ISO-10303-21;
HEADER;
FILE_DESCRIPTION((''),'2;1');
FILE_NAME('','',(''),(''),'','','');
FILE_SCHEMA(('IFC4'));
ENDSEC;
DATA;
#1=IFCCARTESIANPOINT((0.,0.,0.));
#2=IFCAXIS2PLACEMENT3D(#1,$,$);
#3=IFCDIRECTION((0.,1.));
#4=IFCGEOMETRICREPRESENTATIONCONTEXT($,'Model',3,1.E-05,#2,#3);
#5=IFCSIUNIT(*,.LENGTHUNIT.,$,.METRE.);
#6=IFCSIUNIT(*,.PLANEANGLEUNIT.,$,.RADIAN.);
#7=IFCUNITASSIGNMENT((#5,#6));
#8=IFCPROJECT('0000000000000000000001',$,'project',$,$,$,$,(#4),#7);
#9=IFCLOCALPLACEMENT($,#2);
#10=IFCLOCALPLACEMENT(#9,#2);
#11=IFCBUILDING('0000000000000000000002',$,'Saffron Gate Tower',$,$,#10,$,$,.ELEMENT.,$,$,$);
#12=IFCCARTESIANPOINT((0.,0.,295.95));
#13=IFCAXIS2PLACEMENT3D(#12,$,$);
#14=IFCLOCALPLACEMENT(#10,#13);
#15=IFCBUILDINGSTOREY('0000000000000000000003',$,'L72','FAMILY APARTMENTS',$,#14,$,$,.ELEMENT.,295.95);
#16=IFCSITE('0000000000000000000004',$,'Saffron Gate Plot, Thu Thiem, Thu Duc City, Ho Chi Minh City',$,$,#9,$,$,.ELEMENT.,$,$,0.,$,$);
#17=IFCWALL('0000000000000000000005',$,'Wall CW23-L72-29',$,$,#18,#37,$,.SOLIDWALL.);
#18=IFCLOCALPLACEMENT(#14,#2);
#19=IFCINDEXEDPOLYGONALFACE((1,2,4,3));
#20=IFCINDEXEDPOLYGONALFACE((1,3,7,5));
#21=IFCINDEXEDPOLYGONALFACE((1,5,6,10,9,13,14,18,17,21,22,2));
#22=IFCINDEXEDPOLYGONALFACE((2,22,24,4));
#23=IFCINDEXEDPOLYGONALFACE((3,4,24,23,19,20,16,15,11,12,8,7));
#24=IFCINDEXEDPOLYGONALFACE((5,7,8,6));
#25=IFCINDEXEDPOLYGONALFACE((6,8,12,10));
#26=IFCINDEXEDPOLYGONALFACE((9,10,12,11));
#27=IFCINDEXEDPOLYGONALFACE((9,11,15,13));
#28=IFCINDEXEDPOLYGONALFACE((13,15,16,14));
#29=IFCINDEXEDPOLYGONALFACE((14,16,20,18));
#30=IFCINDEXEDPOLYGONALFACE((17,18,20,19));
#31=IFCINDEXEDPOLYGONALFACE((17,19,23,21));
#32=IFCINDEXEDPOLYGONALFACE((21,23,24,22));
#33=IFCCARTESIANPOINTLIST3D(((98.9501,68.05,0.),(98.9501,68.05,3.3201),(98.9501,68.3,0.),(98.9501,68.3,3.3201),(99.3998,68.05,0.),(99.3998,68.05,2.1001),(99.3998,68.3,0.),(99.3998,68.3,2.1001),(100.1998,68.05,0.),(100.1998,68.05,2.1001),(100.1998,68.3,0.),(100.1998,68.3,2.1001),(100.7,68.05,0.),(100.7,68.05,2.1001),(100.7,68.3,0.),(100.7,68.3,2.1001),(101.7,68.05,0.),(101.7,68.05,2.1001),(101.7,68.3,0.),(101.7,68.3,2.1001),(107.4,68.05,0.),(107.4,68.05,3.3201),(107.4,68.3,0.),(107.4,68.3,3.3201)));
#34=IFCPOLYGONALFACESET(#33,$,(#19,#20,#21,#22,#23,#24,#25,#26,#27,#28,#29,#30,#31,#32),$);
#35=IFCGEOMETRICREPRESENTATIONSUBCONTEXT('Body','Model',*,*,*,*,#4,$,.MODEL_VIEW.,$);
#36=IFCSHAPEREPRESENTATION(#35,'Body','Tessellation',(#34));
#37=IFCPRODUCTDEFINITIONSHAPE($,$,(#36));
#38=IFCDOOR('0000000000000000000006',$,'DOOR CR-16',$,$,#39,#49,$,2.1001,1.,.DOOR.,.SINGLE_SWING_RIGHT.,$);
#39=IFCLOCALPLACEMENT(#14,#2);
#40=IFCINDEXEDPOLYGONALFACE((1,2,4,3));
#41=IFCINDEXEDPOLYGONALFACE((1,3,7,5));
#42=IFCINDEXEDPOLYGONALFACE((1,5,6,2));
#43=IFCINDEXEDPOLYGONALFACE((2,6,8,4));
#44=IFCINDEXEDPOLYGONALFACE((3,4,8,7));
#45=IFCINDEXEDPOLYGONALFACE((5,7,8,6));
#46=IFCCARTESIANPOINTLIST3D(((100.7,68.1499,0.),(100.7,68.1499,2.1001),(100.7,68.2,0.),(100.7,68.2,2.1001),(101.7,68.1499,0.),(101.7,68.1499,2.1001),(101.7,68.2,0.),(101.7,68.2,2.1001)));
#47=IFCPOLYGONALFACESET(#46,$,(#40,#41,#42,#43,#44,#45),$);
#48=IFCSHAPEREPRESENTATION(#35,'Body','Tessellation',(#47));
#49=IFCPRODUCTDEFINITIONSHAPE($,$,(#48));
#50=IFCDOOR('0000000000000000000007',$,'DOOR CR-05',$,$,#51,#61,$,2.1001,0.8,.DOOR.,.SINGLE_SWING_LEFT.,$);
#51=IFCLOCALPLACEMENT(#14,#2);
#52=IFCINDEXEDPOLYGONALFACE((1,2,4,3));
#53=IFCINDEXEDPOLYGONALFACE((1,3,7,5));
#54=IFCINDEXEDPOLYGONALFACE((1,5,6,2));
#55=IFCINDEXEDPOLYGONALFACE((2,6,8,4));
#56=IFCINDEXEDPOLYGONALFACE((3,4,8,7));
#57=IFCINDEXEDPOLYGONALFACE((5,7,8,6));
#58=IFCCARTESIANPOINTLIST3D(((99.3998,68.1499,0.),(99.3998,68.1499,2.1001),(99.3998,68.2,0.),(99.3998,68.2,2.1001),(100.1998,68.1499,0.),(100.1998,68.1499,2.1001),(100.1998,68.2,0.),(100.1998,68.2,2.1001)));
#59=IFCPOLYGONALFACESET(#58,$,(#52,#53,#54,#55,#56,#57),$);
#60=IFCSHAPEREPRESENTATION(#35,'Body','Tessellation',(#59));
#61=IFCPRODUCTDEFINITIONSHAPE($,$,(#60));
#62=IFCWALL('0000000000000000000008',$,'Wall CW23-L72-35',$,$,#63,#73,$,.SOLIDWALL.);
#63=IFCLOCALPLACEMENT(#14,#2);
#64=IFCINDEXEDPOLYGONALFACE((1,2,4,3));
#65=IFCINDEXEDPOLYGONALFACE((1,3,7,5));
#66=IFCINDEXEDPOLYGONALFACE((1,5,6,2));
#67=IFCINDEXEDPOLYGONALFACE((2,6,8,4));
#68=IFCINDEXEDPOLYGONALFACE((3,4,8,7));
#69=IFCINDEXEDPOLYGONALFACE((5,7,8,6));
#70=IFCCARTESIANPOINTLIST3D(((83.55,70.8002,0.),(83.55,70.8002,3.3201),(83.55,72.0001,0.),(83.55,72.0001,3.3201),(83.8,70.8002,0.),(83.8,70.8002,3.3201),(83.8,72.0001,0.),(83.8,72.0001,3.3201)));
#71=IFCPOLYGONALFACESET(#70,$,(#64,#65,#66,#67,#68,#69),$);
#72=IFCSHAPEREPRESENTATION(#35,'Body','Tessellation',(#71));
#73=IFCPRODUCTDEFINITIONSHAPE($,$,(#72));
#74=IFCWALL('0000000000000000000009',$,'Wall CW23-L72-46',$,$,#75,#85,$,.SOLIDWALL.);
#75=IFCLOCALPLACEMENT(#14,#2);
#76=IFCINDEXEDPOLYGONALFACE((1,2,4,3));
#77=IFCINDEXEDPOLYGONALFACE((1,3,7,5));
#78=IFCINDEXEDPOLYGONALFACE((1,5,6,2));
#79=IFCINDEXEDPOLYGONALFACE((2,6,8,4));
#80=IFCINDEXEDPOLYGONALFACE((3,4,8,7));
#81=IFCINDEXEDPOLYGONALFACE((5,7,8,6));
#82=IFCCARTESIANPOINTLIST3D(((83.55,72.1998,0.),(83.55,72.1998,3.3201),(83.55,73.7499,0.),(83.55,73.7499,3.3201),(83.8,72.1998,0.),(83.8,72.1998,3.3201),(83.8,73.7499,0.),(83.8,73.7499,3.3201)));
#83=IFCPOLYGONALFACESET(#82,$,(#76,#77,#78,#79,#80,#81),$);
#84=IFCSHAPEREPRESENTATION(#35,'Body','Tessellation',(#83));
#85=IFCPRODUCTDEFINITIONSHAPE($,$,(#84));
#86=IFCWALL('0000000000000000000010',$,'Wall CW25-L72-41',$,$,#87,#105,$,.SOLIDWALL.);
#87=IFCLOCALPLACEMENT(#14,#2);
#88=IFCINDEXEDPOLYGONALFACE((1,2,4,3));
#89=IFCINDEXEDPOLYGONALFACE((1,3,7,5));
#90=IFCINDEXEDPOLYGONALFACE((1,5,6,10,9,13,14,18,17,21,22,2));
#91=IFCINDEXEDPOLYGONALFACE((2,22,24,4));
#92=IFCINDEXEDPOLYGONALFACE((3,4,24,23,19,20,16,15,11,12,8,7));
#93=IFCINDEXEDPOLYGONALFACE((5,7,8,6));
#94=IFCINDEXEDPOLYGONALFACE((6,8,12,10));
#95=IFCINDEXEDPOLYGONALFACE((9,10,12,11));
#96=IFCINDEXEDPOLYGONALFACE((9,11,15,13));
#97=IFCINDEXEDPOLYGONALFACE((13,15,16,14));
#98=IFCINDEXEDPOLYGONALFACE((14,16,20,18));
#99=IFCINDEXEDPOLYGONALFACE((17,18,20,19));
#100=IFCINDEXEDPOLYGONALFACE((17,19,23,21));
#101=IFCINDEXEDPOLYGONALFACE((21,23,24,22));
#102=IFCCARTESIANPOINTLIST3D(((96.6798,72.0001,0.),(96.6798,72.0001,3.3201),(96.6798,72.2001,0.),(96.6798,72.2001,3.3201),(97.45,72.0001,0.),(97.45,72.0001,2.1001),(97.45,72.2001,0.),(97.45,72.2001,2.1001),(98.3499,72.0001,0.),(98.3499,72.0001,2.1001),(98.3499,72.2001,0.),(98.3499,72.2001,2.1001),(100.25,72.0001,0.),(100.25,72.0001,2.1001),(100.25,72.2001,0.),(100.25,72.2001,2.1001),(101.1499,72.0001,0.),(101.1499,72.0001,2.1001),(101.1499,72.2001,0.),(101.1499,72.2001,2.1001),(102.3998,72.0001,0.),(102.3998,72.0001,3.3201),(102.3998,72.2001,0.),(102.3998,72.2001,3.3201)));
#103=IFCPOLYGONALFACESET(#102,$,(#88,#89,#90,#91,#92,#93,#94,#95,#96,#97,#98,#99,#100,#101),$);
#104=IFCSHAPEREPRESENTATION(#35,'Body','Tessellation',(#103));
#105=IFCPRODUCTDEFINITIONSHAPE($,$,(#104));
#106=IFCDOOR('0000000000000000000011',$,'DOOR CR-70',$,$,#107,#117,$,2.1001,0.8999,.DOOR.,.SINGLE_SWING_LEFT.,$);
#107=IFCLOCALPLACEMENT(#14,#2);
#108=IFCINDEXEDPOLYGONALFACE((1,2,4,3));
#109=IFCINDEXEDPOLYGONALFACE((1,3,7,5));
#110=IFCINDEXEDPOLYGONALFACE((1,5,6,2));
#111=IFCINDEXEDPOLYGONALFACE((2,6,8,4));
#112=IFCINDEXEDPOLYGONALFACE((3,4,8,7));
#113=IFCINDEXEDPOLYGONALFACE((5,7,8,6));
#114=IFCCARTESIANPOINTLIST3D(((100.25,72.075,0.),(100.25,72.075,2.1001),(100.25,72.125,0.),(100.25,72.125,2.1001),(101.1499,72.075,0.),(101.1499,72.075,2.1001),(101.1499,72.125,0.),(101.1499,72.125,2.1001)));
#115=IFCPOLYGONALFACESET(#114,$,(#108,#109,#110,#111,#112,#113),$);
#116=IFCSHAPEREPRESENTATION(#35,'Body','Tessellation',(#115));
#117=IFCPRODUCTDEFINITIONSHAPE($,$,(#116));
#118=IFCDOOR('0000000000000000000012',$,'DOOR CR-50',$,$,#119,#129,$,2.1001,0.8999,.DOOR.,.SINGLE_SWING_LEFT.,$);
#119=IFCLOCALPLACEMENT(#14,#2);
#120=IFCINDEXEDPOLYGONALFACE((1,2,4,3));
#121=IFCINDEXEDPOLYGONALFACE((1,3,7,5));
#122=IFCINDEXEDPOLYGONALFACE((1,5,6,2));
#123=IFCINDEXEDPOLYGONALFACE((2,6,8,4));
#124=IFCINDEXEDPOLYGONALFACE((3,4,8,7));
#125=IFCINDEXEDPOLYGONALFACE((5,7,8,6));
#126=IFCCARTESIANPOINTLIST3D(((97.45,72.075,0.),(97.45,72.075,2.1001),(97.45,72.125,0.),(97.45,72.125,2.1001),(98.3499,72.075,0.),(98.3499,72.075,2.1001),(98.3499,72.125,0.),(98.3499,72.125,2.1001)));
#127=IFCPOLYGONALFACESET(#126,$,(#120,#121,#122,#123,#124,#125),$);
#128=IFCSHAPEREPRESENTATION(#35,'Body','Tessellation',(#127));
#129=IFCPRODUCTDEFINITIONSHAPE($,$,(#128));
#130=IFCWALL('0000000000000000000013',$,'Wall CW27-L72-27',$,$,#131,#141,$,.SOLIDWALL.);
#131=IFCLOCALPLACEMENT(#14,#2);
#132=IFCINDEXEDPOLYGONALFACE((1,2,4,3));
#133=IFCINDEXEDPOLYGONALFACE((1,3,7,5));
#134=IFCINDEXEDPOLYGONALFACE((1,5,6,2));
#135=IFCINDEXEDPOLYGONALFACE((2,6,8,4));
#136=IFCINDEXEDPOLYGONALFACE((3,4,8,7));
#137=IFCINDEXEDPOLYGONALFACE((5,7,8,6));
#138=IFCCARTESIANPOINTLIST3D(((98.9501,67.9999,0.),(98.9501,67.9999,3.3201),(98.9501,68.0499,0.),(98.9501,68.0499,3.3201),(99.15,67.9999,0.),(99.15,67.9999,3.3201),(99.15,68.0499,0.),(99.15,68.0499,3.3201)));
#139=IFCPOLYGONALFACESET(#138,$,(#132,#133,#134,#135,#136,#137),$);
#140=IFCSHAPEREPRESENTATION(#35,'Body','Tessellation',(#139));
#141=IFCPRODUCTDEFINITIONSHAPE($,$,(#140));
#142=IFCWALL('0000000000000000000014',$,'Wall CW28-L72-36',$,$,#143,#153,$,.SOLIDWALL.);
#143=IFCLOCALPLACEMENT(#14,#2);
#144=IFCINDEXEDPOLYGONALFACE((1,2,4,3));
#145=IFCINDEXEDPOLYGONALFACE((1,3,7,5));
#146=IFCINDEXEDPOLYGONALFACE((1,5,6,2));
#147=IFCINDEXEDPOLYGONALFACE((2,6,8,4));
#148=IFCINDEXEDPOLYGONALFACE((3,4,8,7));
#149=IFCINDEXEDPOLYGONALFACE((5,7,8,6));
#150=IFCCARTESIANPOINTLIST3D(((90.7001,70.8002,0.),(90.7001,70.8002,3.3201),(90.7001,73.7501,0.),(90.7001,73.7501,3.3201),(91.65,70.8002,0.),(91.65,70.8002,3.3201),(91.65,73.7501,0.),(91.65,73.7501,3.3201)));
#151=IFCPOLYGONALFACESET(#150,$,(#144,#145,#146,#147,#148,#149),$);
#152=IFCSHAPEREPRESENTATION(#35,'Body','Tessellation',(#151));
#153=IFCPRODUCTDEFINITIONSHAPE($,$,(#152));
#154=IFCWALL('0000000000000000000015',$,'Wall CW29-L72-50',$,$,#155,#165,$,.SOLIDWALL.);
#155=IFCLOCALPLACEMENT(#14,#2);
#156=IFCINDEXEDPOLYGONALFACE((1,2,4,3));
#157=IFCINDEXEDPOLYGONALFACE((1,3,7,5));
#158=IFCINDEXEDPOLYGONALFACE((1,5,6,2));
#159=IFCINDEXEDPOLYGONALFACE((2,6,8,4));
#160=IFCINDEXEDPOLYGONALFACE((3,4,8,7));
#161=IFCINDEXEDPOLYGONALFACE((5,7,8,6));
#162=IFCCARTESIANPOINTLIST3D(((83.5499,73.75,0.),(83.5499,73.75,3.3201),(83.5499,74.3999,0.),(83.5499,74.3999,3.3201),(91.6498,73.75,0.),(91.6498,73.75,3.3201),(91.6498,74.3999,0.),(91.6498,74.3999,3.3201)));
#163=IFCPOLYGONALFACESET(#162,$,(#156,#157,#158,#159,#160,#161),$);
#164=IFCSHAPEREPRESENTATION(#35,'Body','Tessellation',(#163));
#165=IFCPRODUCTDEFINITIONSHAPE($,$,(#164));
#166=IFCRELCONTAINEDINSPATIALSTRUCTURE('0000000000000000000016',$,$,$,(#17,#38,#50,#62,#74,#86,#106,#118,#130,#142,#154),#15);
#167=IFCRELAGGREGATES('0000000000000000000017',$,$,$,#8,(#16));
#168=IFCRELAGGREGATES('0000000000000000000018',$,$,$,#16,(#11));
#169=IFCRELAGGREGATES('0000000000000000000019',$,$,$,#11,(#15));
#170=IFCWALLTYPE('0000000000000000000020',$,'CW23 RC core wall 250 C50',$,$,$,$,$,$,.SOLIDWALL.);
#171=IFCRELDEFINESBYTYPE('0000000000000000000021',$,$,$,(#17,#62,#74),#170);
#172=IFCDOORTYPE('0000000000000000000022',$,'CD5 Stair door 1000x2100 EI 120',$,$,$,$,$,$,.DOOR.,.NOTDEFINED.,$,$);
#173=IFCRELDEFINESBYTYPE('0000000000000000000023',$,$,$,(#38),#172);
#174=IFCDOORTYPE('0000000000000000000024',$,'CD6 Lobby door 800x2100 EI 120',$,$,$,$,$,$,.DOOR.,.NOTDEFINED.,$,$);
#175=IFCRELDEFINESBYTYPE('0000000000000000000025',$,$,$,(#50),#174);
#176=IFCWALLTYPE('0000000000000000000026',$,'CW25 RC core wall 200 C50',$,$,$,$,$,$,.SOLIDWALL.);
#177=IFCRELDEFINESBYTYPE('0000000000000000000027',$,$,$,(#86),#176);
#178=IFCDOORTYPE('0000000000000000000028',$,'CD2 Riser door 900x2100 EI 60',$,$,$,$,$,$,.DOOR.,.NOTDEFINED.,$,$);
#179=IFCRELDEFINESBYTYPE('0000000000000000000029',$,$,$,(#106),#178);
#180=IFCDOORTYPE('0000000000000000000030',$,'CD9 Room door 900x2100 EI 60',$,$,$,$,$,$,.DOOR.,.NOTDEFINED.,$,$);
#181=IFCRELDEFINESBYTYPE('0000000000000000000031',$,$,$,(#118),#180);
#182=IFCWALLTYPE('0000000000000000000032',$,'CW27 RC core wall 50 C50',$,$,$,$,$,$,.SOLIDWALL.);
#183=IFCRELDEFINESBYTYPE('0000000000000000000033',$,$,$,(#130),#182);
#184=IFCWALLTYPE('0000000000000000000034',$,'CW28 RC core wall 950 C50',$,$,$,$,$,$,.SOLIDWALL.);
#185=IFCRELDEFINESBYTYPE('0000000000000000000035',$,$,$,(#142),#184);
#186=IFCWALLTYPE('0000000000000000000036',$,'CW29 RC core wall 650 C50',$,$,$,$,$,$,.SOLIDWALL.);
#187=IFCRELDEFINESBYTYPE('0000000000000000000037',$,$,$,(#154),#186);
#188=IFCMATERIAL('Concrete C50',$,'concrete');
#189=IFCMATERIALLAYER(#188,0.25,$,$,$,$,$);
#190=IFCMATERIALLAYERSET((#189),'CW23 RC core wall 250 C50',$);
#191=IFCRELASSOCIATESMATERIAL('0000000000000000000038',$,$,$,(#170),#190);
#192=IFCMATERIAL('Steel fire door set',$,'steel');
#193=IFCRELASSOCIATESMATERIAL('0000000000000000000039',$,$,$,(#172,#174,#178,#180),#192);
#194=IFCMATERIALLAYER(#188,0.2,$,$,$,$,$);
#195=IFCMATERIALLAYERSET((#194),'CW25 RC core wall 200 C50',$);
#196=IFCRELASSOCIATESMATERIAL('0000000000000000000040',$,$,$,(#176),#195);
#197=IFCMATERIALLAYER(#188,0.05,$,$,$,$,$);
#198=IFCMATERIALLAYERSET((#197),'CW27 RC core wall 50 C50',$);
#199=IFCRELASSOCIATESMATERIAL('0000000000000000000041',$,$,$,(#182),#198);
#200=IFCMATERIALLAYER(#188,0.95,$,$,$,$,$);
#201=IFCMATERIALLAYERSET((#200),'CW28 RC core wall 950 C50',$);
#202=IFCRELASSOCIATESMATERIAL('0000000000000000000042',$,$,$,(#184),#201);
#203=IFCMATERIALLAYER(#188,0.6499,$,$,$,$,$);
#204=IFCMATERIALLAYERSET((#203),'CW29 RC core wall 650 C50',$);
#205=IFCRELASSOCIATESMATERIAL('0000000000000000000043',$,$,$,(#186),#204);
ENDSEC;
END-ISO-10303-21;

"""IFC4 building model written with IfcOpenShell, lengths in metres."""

from ifc_helpers import new_model, si_unit, direction, frame, frame_2d, origin, place, context, subcontext, project, spatial, rectangle, extrude, material, layer, layer_set, type_object, element, fill, save


model = new_model("IFC4")

# Units and contexts
model_context = context("Model", 3, precision=1e-05, world=origin(), true_north=direction((0.0, 1.0)))
body_context = subcontext(model_context, "Body", "Model", "MODEL_VIEW")
ifc_project = project(units=[si_unit("LENGTHUNIT", "METRE"), si_unit("PLANEANGLEUNIT", "RADIAN")], contexts=[model_context])

# Site, building, storey
site_placement = place(None, origin())
site = spatial("IfcSite", under=ifc_project, at=site_placement, Name="Saffron Gate Plot, Thu Thiem, Thu Duc City, Ho Chi Minh City", CompositionType="ELEMENT", RefElevation=0.0)
building_placement = place(site_placement, origin())
building = spatial("IfcBuilding", under=site, at=building_placement, Name="Saffron Gate Tower", CompositionType="ELEMENT")
storey_placement = place(building_placement, frame((0.0, 0.0, 295.95)))
storey = spatial("IfcBuildingStorey", under=building, at=storey_placement, Name="L72", Description="FAMILY APARTMENTS", CompositionType="ELEMENT", Elevation=295.95)

# Wall, openings, doors
ifc_material_1 = material(Name="Concrete C50", Category="concrete")
ifc_layer_1 = layer(ifc_material_1, 0.25)
ifc_layer_set_1 = layer_set([ifc_layer_1], Name="CW23 RC core wall 250 C50")
wall_type_1 = type_object("IfcWallType", Name="CW23 RC core wall 250 C50", PredefinedType="SOLIDWALL", material=ifc_layer_set_1)
wall_1_placement = place(storey_placement, frame((98.95, 68.175, 0.0), z_axis=(0.0, 0.0, 1.0), x_axis=(1.0, 0.0, 0.0)))
wall_1 = element("IfcWall", 1, at=wall_1_placement, inside=storey, type_object=wall_type_1, Name="Wall CW23-L72-29", PredefinedType="SOLIDWALL", context=body_context, shape_type="SweptSolid", body=[
    extrude(rectangle(XDim=8.45, YDim=0.25, at=frame_2d((4.2251, 0.0))), origin(), (0.0, 0.0, 1.0), 3.3201),
])
opening_1_placement = place(wall_1_placement, frame((0.45, 0.0, 0.0)))
opening_1 = element("IfcOpeningElement", 2, at=opening_1_placement, cuts=wall_1, PredefinedType="OPENING", context=body_context, shape_type="SweptSolid", body=[
    extrude(rectangle(XDim=0.8, YDim=2.1001, at=frame_2d((0.3999, 1.05))), frame((0.0, 0.135, 0.0), z_axis=(0.0, -1.0, 0.0), x_axis=(1.0, 0.0, 0.0)), (0.0, 0.0, 1.0), 0.27),
])
opening_2_placement = place(wall_1_placement, frame((1.75, 0.0, 0.0)))
opening_2 = element("IfcOpeningElement", 3, at=opening_2_placement, cuts=wall_1, PredefinedType="OPENING", context=body_context, shape_type="SweptSolid", body=[
    extrude(rectangle(XDim=1.0, YDim=2.1001, at=frame_2d((0.5, 1.05))), frame((0.0, 0.135, 0.0), z_axis=(0.0, -1.0, 0.0), x_axis=(1.0, 0.0, 0.0)), (0.0, 0.0, 1.0), 0.27),
])
ifc_material_2 = material(Name="Steel fire door set", Category="steel")
door_type_1 = type_object("IfcDoorType", Name="CD5 Stair door 1000x2100 EI 120", OperationType="NOTDEFINED", PredefinedType="DOOR", material=ifc_material_2)
door_1_placement = place(opening_2_placement, origin())
door_1 = element("IfcDoor", 4, at=door_1_placement, inside=storey, type_object=door_type_1, Name="DOOR CR-16", OperationType="SINGLE_SWING_RIGHT", OverallHeight=2.1001, OverallWidth=1.0, PredefinedType="DOOR", context=body_context, shape_type="SweptSolid", body=[
    extrude(rectangle(XDim=1.0, YDim=2.1001, at=frame_2d((0.5, 1.05))), frame((0.0, 0.0249, 0.0), z_axis=(0.0, -1.0, 0.0), x_axis=(1.0, 0.0, 0.0)), (0.0, 0.0, 1.0), 0.05),
])
fill(opening_2, door_1)
door_type_2 = type_object("IfcDoorType", Name="CD6 Lobby door 800x2100 EI 120", OperationType="NOTDEFINED", PredefinedType="DOOR", material=ifc_material_2)
door_2_placement = place(opening_1_placement, origin())
door_2 = element("IfcDoor", 5, at=door_2_placement, inside=storey, type_object=door_type_2, Name="DOOR CR-05", OperationType="SINGLE_SWING_LEFT", OverallHeight=2.1001, OverallWidth=0.8, PredefinedType="DOOR", context=body_context, shape_type="SweptSolid", body=[
    extrude(rectangle(XDim=0.8, YDim=2.1001, at=frame_2d((0.3999, 1.05))), frame((0.0, 0.0249, 0.0), z_axis=(0.0, -1.0, 0.0), x_axis=(1.0, 0.0, 0.0)), (0.0, 0.0, 1.0), 0.05),
])
fill(opening_1, door_2)

# Walls
wall_2_placement = place(storey_placement, frame((83.675, 70.8, 0.0), z_axis=(0.0, 0.0, 1.0), x_axis=(0.0, 1.0, 0.0)))
element("IfcWall", 6, at=wall_2_placement, inside=storey, type_object=wall_type_1, Name="Wall CW23-L72-35", PredefinedType="SOLIDWALL", context=body_context, shape_type="SweptSolid", body=[
    extrude(rectangle(XDim=1.2, YDim=0.25, at=frame_2d((0.6001, 0.0))), origin(), (0.0, 0.0, 1.0), 3.3201),
])
wall_3_placement = place(storey_placement, frame((83.675, 72.2, 0.0), z_axis=(0.0, 0.0, 1.0), x_axis=(0.0, 1.0, 0.0)))
element("IfcWall", 7, at=wall_3_placement, inside=storey, type_object=wall_type_1, Name="Wall CW23-L72-46", PredefinedType="SOLIDWALL", context=body_context, shape_type="SweptSolid", body=[
    extrude(rectangle(XDim=1.55, YDim=0.25, at=frame_2d((0.7749, 0.0))), origin(), (0.0, 0.0, 1.0), 3.3201),
])

# Wall, openings, doors
ifc_layer_2 = layer(ifc_material_1, 0.2)
ifc_layer_set_2 = layer_set([ifc_layer_2], Name="CW25 RC core wall 200 C50")
wall_type_2 = type_object("IfcWallType", Name="CW25 RC core wall 200 C50", PredefinedType="SOLIDWALL", material=ifc_layer_set_2)
wall_4_placement = place(storey_placement, frame((96.6799, 72.1001, 0.0), z_axis=(0.0, 0.0, 1.0), x_axis=(1.0, 0.0, 0.0)))
wall_4 = element("IfcWall", 8, at=wall_4_placement, inside=storey, type_object=wall_type_2, Name="Wall CW25-L72-41", PredefinedType="SOLIDWALL", context=body_context, shape_type="SweptSolid", body=[
    extrude(rectangle(XDim=5.72, YDim=0.2, at=frame_2d((2.8599, 0.0))), origin(), (0.0, 0.0, 1.0), 3.3201),
])
opening_3_placement = place(wall_4_placement, frame((0.77, 0.0, 0.0)))
opening_3 = element("IfcOpeningElement", 9, at=opening_3_placement, cuts=wall_4, PredefinedType="OPENING", context=body_context, shape_type="SweptSolid", body=[
    extrude(rectangle(XDim=0.8999, YDim=2.1001, at=frame_2d((0.45, 1.05))), frame((0.0, 0.1099, 0.0), z_axis=(0.0, -1.0, 0.0), x_axis=(1.0, 0.0, 0.0)), (0.0, 0.0, 1.0), 0.22),
])
opening_4_placement = place(wall_4_placement, frame((3.5701, 0.0, 0.0)))
opening_4 = element("IfcOpeningElement", 10, at=opening_4_placement, cuts=wall_4, PredefinedType="OPENING", context=body_context, shape_type="SweptSolid", body=[
    extrude(rectangle(XDim=0.8999, YDim=2.1001, at=frame_2d((0.45, 1.05))), frame((0.0, 0.1099, 0.0), z_axis=(0.0, -1.0, 0.0), x_axis=(1.0, 0.0, 0.0)), (0.0, 0.0, 1.0), 0.22),
])
door_type_3 = type_object("IfcDoorType", Name="CD2 Riser door 900x2100 EI 60", OperationType="NOTDEFINED", PredefinedType="DOOR", material=ifc_material_2)
door_3_placement = place(opening_4_placement, origin())
door_3 = element("IfcDoor", 11, at=door_3_placement, inside=storey, type_object=door_type_3, Name="DOOR CR-70", OperationType="SINGLE_SWING_LEFT", OverallHeight=2.1001, OverallWidth=0.8999, PredefinedType="DOOR", context=body_context, shape_type="SweptSolid", body=[
    extrude(rectangle(XDim=0.8999, YDim=2.1001, at=frame_2d((0.45, 1.05))), frame((0.0, 0.0249, 0.0), z_axis=(0.0, -1.0, 0.0), x_axis=(1.0, 0.0, 0.0)), (0.0, 0.0, 1.0), 0.05),
])
fill(opening_4, door_3)
door_type_4 = type_object("IfcDoorType", Name="CD9 Room door 900x2100 EI 60", OperationType="NOTDEFINED", PredefinedType="DOOR", material=ifc_material_2)
door_4_placement = place(opening_3_placement, origin())
door_4 = element("IfcDoor", 12, at=door_4_placement, inside=storey, type_object=door_type_4, Name="DOOR CR-50", OperationType="SINGLE_SWING_LEFT", OverallHeight=2.1001, OverallWidth=0.8999, PredefinedType="DOOR", context=body_context, shape_type="SweptSolid", body=[
    extrude(rectangle(XDim=0.8999, YDim=2.1001, at=frame_2d((0.45, 1.05))), frame((0.0, 0.0249, 0.0), z_axis=(0.0, -1.0, 0.0), x_axis=(1.0, 0.0, 0.0)), (0.0, 0.0, 1.0), 0.05),
])
fill(opening_3, door_4)

# Walls
ifc_layer_3 = layer(ifc_material_1, 0.05)
ifc_layer_set_3 = layer_set([ifc_layer_3], Name="CW27 RC core wall 50 C50")
wall_type_3 = type_object("IfcWallType", Name="CW27 RC core wall 50 C50", PredefinedType="SOLIDWALL", material=ifc_layer_set_3)
wall_5_placement = place(storey_placement, frame((98.95, 68.0249, 0.0), z_axis=(0.0, 0.0, 1.0), x_axis=(1.0, 0.0, 0.0)))
element("IfcWall", 13, at=wall_5_placement, inside=storey, type_object=wall_type_3, Name="Wall CW27-L72-27", PredefinedType="SOLIDWALL", context=body_context, shape_type="SweptSolid", body=[
    extrude(rectangle(XDim=0.2, YDim=0.05, at=frame_2d((0.1001, 0.0))), origin(), (0.0, 0.0, 1.0), 3.3201),
])
ifc_layer_4 = layer(ifc_material_1, 0.95)
ifc_layer_set_4 = layer_set([ifc_layer_4], Name="CW28 RC core wall 950 C50")
wall_type_4 = type_object("IfcWallType", Name="CW28 RC core wall 950 C50", PredefinedType="SOLIDWALL", material=ifc_layer_set_4)
wall_6_placement = place(storey_placement, frame((91.175, 70.8, 0.0), z_axis=(0.0, 0.0, 1.0), x_axis=(0.0, 1.0, 0.0)))
element("IfcWall", 14, at=wall_6_placement, inside=storey, type_object=wall_type_4, Name="Wall CW28-L72-36", PredefinedType="SOLIDWALL", context=body_context, shape_type="SweptSolid", body=[
    extrude(rectangle(XDim=2.95, YDim=0.95, at=frame_2d((1.4751, 0.0))), origin(), (0.0, 0.0, 1.0), 3.3201),
])
ifc_layer_5 = layer(ifc_material_1, 0.6499)
ifc_layer_set_5 = layer_set([ifc_layer_5], Name="CW29 RC core wall 650 C50")
wall_type_5 = type_object("IfcWallType", Name="CW29 RC core wall 650 C50", PredefinedType="SOLIDWALL", material=ifc_layer_set_5)
wall_7_placement = place(storey_placement, frame((83.55, 74.075, 0.0), z_axis=(0.0, 0.0, 1.0), x_axis=(1.0, 0.0, 0.0)))
element("IfcWall", 15, at=wall_7_placement, inside=storey, type_object=wall_type_5, Name="Wall CW29-L72-50", PredefinedType="SOLIDWALL", context=body_context, shape_type="SweptSolid", body=[
    extrude(rectangle(XDim=8.0999, YDim=0.6499, at=frame_2d((4.0498, 0.0))), origin(), (0.0, 0.0, 1.0), 3.3201),
])

save(model, "model.ifc")
